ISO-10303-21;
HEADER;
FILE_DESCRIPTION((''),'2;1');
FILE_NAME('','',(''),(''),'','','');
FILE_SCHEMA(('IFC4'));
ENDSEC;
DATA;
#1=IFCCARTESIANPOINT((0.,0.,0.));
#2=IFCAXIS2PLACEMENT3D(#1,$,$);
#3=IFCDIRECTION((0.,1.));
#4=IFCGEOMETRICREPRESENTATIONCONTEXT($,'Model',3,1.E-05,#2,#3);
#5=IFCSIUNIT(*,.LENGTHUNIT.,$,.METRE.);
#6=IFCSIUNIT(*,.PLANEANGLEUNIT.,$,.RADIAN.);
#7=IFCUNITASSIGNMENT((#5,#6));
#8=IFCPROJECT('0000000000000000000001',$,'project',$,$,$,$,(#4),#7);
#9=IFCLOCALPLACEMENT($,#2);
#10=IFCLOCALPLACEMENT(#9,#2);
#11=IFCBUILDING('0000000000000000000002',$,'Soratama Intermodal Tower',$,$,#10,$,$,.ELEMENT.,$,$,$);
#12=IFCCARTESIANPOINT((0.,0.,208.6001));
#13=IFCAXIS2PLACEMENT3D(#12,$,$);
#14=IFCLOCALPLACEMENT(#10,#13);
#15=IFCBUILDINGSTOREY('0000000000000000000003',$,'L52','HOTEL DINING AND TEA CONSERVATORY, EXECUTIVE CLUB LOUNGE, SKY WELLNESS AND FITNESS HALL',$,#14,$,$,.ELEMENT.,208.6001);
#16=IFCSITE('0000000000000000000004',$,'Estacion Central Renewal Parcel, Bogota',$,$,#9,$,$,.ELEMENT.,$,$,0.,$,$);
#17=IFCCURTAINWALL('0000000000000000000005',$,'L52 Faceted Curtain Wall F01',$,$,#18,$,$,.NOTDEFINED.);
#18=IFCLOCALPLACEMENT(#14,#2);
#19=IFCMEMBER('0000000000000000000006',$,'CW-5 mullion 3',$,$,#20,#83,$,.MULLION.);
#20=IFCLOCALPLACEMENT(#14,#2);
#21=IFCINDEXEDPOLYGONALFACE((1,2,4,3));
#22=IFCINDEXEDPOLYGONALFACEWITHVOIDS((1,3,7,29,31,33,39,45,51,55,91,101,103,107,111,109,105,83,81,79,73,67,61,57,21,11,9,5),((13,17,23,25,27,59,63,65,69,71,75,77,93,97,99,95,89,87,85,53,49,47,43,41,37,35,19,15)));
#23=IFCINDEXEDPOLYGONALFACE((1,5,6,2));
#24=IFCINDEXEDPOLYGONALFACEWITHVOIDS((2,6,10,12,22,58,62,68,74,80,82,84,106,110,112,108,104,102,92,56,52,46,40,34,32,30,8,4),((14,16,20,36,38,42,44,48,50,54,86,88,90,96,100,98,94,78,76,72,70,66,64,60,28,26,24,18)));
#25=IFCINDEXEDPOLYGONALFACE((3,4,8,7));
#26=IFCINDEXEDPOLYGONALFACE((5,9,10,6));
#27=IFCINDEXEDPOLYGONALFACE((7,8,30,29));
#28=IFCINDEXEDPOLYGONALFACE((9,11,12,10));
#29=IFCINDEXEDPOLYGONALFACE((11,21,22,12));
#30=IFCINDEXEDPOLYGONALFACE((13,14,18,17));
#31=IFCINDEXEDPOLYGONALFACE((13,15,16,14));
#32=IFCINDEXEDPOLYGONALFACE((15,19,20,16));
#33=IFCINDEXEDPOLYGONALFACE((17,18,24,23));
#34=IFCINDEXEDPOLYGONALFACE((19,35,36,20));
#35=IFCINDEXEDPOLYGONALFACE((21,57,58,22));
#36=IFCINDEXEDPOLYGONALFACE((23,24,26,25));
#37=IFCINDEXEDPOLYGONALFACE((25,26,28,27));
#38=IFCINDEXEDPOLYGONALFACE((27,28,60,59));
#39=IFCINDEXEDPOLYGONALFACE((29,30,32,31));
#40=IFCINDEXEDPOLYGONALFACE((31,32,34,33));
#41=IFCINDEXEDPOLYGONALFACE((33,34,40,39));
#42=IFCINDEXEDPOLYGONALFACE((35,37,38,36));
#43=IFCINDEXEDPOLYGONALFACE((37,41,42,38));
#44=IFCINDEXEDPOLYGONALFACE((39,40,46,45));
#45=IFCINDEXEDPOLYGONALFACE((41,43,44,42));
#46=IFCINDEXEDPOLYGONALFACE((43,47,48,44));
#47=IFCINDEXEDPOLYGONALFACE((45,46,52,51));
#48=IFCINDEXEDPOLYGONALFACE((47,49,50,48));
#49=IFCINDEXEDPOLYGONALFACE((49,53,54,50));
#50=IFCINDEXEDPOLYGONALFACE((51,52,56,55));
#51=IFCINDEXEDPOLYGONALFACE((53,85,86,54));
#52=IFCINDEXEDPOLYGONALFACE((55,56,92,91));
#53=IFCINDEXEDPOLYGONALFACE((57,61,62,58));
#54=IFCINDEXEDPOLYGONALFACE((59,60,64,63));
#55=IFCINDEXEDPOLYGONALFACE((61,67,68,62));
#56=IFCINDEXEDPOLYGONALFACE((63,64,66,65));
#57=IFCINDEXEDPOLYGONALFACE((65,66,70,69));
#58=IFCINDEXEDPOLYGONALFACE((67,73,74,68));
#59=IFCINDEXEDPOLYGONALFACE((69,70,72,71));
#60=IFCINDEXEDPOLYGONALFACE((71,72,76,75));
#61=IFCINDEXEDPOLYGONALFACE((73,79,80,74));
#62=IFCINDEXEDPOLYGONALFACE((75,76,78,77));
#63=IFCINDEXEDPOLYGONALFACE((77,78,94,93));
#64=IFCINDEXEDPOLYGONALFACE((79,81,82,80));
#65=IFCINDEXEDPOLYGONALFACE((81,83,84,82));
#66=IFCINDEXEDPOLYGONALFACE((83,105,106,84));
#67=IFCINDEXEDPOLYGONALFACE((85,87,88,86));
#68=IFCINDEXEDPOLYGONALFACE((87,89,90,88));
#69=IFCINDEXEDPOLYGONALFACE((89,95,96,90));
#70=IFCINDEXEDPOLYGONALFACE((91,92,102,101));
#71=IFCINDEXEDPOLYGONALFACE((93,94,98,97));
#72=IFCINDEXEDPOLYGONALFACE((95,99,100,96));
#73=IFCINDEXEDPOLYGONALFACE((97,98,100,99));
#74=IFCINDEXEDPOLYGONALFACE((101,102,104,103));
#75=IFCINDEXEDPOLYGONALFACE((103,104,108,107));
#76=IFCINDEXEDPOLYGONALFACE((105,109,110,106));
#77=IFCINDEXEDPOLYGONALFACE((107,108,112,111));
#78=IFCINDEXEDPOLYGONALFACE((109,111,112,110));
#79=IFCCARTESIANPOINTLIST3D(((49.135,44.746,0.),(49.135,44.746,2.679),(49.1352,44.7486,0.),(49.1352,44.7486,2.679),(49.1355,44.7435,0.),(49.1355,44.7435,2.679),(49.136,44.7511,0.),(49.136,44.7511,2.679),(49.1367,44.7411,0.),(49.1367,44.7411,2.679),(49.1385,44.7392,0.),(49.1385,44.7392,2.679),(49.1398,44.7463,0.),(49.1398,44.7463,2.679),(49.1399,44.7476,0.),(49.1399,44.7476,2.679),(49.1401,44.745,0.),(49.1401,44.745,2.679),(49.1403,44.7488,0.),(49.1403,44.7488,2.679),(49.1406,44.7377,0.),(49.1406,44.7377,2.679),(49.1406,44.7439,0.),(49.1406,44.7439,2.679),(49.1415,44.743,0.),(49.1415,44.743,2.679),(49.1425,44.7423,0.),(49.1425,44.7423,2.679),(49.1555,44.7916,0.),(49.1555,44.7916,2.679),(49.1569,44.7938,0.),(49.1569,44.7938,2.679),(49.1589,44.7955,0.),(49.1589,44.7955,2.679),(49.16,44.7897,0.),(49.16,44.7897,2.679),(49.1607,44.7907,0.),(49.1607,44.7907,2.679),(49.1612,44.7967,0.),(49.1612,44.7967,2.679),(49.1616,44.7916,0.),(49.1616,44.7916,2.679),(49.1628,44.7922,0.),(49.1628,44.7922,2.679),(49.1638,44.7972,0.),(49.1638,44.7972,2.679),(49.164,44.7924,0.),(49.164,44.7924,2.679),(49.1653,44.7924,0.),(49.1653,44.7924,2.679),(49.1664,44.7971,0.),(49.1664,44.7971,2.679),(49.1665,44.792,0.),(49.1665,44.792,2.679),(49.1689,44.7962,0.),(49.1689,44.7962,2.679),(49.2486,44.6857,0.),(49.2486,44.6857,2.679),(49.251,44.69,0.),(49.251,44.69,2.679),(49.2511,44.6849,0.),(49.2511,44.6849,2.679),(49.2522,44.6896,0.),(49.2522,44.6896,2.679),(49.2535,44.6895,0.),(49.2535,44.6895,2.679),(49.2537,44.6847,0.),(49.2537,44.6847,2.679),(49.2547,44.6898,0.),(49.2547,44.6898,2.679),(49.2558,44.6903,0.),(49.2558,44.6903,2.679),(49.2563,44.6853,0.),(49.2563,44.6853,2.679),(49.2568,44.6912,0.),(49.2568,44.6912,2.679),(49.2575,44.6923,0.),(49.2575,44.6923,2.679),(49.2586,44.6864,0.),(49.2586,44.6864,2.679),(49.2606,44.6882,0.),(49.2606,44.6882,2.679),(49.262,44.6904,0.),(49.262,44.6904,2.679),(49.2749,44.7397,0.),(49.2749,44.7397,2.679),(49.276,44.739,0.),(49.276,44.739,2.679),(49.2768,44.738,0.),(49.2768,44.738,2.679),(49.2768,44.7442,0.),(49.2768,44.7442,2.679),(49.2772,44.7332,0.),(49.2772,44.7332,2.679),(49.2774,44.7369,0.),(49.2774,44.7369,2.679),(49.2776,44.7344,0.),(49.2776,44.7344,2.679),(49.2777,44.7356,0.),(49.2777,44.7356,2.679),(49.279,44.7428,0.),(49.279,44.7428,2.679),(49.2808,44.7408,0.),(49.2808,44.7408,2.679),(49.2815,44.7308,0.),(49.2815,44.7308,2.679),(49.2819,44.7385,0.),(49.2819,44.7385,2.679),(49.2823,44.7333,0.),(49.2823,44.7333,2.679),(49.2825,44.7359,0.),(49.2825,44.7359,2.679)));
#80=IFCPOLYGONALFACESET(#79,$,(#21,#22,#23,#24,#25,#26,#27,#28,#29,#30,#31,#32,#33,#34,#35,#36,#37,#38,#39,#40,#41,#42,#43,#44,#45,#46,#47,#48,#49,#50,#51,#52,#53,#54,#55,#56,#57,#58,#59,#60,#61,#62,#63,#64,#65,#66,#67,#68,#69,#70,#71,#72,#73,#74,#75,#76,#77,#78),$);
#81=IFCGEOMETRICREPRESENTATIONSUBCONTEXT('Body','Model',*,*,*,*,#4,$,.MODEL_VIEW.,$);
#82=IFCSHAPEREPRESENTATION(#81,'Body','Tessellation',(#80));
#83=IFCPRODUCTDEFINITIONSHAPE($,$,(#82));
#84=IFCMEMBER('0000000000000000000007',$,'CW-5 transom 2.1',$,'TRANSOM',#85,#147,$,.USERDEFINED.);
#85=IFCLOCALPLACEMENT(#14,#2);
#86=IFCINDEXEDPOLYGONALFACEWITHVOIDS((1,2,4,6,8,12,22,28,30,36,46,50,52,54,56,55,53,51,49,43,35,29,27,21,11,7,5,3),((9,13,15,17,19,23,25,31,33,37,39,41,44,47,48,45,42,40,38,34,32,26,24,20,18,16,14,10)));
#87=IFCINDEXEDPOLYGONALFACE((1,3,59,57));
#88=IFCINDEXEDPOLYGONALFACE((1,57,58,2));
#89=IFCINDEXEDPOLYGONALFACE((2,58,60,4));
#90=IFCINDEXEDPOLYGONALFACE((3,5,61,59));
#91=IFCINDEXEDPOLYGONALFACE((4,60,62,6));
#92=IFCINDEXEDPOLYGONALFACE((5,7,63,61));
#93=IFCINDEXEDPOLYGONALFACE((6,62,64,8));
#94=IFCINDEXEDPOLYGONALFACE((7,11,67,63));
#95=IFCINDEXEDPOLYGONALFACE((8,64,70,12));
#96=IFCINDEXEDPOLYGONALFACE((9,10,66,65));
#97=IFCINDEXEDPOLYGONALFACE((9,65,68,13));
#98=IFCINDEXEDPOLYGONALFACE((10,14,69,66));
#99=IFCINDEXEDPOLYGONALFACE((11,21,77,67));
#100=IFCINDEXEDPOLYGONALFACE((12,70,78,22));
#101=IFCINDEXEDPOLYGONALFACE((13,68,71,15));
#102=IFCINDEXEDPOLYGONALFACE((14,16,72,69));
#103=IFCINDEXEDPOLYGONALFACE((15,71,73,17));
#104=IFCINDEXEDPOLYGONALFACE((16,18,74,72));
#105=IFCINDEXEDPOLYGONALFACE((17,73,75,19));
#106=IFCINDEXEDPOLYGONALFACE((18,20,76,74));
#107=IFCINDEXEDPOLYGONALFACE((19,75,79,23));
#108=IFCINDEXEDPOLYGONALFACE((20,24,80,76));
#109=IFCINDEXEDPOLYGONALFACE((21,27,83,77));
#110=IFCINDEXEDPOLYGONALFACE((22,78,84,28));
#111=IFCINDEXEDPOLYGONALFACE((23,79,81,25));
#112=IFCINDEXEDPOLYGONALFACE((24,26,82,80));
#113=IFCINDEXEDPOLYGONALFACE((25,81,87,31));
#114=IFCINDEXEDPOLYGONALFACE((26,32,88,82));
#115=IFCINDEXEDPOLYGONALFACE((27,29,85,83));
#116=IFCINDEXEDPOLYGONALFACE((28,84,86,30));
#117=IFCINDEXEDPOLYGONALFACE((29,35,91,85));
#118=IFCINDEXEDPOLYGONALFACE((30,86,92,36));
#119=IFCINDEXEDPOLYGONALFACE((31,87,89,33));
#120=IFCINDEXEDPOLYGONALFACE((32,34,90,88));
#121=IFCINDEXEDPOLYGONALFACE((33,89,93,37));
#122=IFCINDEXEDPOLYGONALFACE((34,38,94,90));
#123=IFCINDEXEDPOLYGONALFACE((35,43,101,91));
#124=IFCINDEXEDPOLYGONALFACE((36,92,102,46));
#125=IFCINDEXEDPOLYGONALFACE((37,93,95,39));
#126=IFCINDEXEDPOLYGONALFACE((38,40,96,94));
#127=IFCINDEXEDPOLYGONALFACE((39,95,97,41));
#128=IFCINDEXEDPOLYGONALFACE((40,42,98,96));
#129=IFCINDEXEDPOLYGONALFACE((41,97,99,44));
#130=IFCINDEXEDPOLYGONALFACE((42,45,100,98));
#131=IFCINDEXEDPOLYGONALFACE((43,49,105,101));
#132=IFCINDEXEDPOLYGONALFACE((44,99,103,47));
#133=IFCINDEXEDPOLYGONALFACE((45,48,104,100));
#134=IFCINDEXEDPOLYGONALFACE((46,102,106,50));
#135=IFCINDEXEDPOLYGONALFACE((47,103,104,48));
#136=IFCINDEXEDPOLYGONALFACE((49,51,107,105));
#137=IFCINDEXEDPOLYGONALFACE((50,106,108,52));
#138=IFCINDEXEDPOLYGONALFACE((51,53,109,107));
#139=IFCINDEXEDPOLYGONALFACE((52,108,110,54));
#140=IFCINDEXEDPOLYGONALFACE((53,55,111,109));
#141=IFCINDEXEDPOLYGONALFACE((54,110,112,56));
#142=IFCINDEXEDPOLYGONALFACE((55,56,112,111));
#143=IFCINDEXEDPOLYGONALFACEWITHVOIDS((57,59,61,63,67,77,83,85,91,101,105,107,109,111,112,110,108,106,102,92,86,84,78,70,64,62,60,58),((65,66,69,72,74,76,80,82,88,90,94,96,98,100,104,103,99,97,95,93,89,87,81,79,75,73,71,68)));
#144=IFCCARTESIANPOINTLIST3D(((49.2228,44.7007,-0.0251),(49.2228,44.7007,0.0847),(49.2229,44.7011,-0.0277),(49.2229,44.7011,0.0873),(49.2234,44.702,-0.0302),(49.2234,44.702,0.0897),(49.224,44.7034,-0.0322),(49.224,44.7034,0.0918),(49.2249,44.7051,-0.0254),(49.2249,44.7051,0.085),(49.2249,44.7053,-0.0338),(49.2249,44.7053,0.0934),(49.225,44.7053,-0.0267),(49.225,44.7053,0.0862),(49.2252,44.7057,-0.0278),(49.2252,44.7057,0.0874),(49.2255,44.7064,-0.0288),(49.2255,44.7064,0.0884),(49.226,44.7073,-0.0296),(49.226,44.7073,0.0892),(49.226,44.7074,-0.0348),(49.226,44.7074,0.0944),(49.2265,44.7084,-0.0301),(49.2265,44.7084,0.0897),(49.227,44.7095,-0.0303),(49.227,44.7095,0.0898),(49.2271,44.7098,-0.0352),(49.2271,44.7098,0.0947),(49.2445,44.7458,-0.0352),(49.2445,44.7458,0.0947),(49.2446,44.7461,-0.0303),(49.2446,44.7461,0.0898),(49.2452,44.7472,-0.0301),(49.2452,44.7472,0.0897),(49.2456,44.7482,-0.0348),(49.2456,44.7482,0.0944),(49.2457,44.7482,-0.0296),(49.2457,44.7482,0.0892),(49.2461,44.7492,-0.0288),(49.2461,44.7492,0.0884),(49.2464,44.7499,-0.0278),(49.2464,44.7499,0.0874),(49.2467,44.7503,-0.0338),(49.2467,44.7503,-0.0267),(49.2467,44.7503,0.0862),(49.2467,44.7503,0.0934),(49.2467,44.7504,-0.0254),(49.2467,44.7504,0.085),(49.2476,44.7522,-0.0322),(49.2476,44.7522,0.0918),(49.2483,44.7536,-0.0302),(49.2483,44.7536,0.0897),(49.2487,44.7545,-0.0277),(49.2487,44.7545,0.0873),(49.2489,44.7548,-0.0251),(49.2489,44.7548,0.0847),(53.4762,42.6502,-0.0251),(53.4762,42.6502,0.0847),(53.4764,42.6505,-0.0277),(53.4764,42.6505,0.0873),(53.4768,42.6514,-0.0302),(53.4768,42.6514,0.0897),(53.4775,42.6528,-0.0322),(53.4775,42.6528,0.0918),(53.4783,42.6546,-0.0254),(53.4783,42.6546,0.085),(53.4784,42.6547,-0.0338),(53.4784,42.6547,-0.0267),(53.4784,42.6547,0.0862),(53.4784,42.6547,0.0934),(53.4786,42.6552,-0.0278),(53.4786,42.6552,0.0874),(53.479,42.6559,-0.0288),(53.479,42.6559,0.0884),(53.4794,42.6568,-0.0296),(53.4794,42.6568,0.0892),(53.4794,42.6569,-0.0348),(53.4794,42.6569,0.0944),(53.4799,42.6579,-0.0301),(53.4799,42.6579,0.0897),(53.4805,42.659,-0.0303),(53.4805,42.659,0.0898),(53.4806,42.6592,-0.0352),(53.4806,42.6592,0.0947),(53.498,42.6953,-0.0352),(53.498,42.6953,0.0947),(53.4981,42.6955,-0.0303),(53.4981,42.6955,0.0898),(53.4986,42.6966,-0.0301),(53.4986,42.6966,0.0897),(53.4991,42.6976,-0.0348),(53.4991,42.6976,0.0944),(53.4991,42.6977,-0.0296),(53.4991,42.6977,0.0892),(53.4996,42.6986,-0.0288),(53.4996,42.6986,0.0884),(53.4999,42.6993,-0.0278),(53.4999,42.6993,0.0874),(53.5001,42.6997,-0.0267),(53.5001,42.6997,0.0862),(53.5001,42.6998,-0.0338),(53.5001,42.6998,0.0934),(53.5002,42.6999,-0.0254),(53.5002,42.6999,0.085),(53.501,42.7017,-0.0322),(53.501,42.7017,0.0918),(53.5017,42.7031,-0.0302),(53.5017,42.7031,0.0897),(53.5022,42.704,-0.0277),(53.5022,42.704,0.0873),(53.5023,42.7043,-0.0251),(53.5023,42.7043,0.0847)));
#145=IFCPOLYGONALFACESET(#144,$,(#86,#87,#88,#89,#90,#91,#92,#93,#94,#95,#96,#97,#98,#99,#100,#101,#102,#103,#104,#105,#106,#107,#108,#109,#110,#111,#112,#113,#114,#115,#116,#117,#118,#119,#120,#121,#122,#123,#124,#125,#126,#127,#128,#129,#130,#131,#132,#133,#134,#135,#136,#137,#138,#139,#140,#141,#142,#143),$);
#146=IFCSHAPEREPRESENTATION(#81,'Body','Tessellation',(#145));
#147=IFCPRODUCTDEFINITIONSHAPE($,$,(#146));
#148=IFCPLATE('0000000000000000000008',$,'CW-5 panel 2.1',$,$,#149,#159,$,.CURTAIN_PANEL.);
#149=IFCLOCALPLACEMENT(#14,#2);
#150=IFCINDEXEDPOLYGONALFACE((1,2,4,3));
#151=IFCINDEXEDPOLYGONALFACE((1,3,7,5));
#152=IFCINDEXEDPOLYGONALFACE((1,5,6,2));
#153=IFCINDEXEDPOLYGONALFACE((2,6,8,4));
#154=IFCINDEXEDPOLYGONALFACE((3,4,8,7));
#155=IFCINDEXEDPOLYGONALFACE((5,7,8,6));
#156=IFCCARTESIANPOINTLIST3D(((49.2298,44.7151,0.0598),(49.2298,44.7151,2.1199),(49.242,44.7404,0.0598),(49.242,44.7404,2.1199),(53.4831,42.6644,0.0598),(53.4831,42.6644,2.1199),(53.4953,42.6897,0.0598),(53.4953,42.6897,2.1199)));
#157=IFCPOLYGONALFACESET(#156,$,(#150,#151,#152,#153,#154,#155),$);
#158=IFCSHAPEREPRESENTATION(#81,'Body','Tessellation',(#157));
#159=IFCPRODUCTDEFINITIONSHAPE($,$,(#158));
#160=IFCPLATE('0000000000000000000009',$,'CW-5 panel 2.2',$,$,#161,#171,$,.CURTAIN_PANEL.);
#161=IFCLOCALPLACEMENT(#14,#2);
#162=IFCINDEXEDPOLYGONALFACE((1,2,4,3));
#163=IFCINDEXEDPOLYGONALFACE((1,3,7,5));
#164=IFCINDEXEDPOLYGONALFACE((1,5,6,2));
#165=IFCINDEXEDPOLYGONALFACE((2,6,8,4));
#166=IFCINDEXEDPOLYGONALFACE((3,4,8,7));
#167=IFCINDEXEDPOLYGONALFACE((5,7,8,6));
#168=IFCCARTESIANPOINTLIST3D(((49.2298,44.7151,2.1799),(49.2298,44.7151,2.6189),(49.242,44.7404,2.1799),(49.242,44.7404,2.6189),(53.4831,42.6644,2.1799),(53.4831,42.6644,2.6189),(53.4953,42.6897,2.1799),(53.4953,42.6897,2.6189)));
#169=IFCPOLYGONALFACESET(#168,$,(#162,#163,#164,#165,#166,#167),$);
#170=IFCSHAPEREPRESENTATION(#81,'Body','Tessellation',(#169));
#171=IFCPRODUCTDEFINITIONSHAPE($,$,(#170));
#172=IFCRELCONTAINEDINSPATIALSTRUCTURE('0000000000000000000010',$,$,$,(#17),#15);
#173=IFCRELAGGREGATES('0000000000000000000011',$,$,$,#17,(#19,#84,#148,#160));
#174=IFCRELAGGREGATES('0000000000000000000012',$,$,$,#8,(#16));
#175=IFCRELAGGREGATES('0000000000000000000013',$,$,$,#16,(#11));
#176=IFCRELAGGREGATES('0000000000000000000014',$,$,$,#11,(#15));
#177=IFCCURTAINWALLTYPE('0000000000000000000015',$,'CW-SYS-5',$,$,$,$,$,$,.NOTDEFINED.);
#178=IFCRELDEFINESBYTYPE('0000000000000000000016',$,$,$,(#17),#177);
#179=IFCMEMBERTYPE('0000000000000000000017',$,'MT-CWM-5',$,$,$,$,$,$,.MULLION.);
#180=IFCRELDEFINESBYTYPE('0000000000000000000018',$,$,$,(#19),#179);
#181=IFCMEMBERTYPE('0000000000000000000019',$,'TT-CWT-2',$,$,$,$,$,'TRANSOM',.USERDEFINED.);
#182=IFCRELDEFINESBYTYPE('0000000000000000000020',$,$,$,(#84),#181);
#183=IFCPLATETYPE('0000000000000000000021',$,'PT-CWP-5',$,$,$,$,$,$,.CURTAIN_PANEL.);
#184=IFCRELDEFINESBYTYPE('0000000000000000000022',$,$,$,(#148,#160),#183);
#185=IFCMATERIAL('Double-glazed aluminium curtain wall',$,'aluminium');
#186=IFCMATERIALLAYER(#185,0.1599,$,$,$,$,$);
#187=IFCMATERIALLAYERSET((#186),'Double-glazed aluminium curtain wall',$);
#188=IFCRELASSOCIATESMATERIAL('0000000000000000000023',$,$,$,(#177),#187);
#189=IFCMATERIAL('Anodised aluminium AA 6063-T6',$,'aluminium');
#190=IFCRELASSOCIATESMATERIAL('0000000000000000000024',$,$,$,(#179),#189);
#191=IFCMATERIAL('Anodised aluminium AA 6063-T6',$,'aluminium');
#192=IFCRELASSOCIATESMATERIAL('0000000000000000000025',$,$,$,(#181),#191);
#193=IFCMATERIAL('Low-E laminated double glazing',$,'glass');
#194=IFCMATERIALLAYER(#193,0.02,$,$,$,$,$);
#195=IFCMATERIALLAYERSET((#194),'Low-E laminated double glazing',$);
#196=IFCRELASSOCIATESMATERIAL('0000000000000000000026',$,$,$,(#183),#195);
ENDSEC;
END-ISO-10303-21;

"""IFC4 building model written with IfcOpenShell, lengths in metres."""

from ifc_helpers import new_model, si_unit, direction, frame, origin, origin_2d, place, context, subcontext, project, spatial, rectangle, hollow_rectangle, extrude, material, layer, layer_set, material_profile, profile_set, type_object, element, aggregate, save


model = new_model("IFC4")

# Units and contexts
model_context = context("Model", 3, precision=1e-05, world=origin(), true_north=direction((0.0, 1.0)))
body_context = subcontext(model_context, "Body", "Model", "MODEL_VIEW")
ifc_project = project(units=[si_unit("LENGTHUNIT", "METRE"), si_unit("PLANEANGLEUNIT", "RADIAN")], contexts=[model_context])

# Site, building, storey
site_placement = place(None, origin())
site = spatial("IfcSite", under=ifc_project, at=site_placement, Name="Estacion Central Renewal Parcel, Bogota", CompositionType="ELEMENT", RefElevation=0.0)
building_placement = place(site_placement, origin())
building = spatial("IfcBuilding", under=site, at=building_placement, Name="Soratama Intermodal Tower", CompositionType="ELEMENT")
storey_placement = place(building_placement, frame((0.0, 0.0, 208.6001)))
storey = spatial("IfcBuildingStorey", under=building, at=storey_placement, Name="L52", Description="HOTEL DINING AND TEA CONSERVATORY, EXECUTIVE CLUB LOUNGE, SKY WELLNESS AND FITNESS HALL", CompositionType="ELEMENT", Elevation=208.6001)

# Curtain wall, members, plates
ifc_material_1 = material(Name="Double-glazed aluminium curtain wall", Category="aluminium")
ifc_layer_1 = layer(ifc_material_1, 0.1599)
ifc_layer_set_1 = layer_set([ifc_layer_1], Name="Double-glazed aluminium curtain wall")
curtain_wall_type = type_object("IfcCurtainWallType", Name="CW-SYS-5", PredefinedType="NOTDEFINED", material=ifc_layer_set_1)
curtain_wall_placement = place(storey_placement, origin())
curtain_wall = element("IfcCurtainWall", 1, at=curtain_wall_placement, inside=storey, type_object=curtain_wall_type, Name="L52 Faceted Curtain Wall F01", PredefinedType="NOTDEFINED")
ifc_material_2 = material(Name="Anodised aluminium AA 6063-T6", Category="aluminium")
ifc_material_profile_1 = material_profile(ifc_material_2, hollow_rectangle(XDim=0.0649, YDim=0.1399, WallThickness=0.0049, InnerFilletRadius=0.0049, OuterFilletRadius=0.01, at=origin_2d()), Name="CWM140X65X5")
ifc_profile_set_1 = profile_set([ifc_material_profile_1], Name="Anodised aluminium AA 6063-T6")
member_type_1 = type_object("IfcMemberType", Name="MT-CWM-5", PredefinedType="MULLION", material=ifc_profile_set_1)
member_1_placement = place(storey_placement, frame((49.2087, 44.741, 0.0), z_axis=(0.0, 0.0, 1.0), x_axis=(-0.434287, -0.900775, 0.0)))
member_1 = element("IfcMember", 2, at=member_1_placement, type_object=member_type_1, Name="CW-5 mullion 3", PredefinedType="MULLION", context=body_context, shape_type="SweptSolid", body=[
    extrude(hollow_rectangle(XDim=0.0649, YDim=0.1399, WallThickness=0.0049, InnerFilletRadius=0.0049, OuterFilletRadius=0.01, at=origin_2d()), origin(), (0.0, 0.0, 1.0), 2.679),
])
ifc_material_3 = material(Name="Anodised aluminium AA 6063-T6", Category="aluminium")
ifc_material_profile_2 = material_profile(ifc_material_3, hollow_rectangle(XDim=0.0601, YDim=0.1299, WallThickness=0.0049, InnerFilletRadius=0.0049, OuterFilletRadius=0.01, at=origin_2d()), Name="CWT130X60X5")
ifc_profile_set_2 = profile_set([ifc_material_profile_2], Name="Anodised aluminium AA 6063-T6")
member_type_2 = type_object("IfcMemberType", Name="TT-CWT-2", ElementType="TRANSOM", PredefinedType="USERDEFINED", material=ifc_profile_set_2)
member_2_placement = place(storey_placement, frame((53.4893, 42.6772, 0.0298), z_axis=(-0.900787, 0.434262, 0.0), x_axis=(-0.434262, -0.900787, 0.0)))
member_2 = element("IfcMember", 3, at=member_2_placement, type_object=member_type_2, Name="CW-5 transom 2.1", ObjectType="TRANSOM", PredefinedType="USERDEFINED", context=body_context, shape_type="SweptSolid", body=[
    extrude(hollow_rectangle(XDim=0.0601, YDim=0.1299, WallThickness=0.0049, InnerFilletRadius=0.0049, OuterFilletRadius=0.01, at=origin_2d()), origin(), (0.0, 0.0, 1.0), 4.7219),
])
ifc_material_4 = material(Name="Low-E laminated double glazing", Category="glass")
ifc_layer_2 = layer(ifc_material_4, 0.02)
ifc_layer_set_2 = layer_set([ifc_layer_2], Name="Low-E laminated double glazing")
plate_type = type_object("IfcPlateType", Name="PT-CWP-5", PredefinedType="CURTAIN_PANEL", material=ifc_layer_set_2)
plate_1_placement = place(storey_placement, frame((51.3625, 43.7024, 0.0598), z_axis=(0.0, 0.0, 1.0), x_axis=(-0.900775, 0.434287, 0.0)))
plate_1 = element("IfcPlate", 4, at=plate_1_placement, type_object=plate_type, Name="CW-5 panel 2.1", PredefinedType="CURTAIN_PANEL", context=body_context, shape_type="SweptSolid", body=[
    extrude(rectangle(XDim=4.7219, YDim=0.0281, at=origin_2d()), origin(), (0.0, 0.0, 1.0), 2.0601),
])
plate_2_placement = place(storey_placement, frame((51.3625, 43.7024, 2.1799), z_axis=(0.0, 0.0, 1.0), x_axis=(-0.900775, 0.434287, 0.0)))
plate_2 = element("IfcPlate", 5, at=plate_2_placement, type_object=plate_type, Name="CW-5 panel 2.2", PredefinedType="CURTAIN_PANEL", context=body_context, shape_type="SweptSolid", body=[
    extrude(rectangle(XDim=4.7219, YDim=0.0281, at=origin_2d()), origin(), (0.0, 0.0, 1.0), 0.439),
])
aggregate(curtain_wall, [member_1, member_2, plate_1, plate_2])

save(model, "model.ifc")
